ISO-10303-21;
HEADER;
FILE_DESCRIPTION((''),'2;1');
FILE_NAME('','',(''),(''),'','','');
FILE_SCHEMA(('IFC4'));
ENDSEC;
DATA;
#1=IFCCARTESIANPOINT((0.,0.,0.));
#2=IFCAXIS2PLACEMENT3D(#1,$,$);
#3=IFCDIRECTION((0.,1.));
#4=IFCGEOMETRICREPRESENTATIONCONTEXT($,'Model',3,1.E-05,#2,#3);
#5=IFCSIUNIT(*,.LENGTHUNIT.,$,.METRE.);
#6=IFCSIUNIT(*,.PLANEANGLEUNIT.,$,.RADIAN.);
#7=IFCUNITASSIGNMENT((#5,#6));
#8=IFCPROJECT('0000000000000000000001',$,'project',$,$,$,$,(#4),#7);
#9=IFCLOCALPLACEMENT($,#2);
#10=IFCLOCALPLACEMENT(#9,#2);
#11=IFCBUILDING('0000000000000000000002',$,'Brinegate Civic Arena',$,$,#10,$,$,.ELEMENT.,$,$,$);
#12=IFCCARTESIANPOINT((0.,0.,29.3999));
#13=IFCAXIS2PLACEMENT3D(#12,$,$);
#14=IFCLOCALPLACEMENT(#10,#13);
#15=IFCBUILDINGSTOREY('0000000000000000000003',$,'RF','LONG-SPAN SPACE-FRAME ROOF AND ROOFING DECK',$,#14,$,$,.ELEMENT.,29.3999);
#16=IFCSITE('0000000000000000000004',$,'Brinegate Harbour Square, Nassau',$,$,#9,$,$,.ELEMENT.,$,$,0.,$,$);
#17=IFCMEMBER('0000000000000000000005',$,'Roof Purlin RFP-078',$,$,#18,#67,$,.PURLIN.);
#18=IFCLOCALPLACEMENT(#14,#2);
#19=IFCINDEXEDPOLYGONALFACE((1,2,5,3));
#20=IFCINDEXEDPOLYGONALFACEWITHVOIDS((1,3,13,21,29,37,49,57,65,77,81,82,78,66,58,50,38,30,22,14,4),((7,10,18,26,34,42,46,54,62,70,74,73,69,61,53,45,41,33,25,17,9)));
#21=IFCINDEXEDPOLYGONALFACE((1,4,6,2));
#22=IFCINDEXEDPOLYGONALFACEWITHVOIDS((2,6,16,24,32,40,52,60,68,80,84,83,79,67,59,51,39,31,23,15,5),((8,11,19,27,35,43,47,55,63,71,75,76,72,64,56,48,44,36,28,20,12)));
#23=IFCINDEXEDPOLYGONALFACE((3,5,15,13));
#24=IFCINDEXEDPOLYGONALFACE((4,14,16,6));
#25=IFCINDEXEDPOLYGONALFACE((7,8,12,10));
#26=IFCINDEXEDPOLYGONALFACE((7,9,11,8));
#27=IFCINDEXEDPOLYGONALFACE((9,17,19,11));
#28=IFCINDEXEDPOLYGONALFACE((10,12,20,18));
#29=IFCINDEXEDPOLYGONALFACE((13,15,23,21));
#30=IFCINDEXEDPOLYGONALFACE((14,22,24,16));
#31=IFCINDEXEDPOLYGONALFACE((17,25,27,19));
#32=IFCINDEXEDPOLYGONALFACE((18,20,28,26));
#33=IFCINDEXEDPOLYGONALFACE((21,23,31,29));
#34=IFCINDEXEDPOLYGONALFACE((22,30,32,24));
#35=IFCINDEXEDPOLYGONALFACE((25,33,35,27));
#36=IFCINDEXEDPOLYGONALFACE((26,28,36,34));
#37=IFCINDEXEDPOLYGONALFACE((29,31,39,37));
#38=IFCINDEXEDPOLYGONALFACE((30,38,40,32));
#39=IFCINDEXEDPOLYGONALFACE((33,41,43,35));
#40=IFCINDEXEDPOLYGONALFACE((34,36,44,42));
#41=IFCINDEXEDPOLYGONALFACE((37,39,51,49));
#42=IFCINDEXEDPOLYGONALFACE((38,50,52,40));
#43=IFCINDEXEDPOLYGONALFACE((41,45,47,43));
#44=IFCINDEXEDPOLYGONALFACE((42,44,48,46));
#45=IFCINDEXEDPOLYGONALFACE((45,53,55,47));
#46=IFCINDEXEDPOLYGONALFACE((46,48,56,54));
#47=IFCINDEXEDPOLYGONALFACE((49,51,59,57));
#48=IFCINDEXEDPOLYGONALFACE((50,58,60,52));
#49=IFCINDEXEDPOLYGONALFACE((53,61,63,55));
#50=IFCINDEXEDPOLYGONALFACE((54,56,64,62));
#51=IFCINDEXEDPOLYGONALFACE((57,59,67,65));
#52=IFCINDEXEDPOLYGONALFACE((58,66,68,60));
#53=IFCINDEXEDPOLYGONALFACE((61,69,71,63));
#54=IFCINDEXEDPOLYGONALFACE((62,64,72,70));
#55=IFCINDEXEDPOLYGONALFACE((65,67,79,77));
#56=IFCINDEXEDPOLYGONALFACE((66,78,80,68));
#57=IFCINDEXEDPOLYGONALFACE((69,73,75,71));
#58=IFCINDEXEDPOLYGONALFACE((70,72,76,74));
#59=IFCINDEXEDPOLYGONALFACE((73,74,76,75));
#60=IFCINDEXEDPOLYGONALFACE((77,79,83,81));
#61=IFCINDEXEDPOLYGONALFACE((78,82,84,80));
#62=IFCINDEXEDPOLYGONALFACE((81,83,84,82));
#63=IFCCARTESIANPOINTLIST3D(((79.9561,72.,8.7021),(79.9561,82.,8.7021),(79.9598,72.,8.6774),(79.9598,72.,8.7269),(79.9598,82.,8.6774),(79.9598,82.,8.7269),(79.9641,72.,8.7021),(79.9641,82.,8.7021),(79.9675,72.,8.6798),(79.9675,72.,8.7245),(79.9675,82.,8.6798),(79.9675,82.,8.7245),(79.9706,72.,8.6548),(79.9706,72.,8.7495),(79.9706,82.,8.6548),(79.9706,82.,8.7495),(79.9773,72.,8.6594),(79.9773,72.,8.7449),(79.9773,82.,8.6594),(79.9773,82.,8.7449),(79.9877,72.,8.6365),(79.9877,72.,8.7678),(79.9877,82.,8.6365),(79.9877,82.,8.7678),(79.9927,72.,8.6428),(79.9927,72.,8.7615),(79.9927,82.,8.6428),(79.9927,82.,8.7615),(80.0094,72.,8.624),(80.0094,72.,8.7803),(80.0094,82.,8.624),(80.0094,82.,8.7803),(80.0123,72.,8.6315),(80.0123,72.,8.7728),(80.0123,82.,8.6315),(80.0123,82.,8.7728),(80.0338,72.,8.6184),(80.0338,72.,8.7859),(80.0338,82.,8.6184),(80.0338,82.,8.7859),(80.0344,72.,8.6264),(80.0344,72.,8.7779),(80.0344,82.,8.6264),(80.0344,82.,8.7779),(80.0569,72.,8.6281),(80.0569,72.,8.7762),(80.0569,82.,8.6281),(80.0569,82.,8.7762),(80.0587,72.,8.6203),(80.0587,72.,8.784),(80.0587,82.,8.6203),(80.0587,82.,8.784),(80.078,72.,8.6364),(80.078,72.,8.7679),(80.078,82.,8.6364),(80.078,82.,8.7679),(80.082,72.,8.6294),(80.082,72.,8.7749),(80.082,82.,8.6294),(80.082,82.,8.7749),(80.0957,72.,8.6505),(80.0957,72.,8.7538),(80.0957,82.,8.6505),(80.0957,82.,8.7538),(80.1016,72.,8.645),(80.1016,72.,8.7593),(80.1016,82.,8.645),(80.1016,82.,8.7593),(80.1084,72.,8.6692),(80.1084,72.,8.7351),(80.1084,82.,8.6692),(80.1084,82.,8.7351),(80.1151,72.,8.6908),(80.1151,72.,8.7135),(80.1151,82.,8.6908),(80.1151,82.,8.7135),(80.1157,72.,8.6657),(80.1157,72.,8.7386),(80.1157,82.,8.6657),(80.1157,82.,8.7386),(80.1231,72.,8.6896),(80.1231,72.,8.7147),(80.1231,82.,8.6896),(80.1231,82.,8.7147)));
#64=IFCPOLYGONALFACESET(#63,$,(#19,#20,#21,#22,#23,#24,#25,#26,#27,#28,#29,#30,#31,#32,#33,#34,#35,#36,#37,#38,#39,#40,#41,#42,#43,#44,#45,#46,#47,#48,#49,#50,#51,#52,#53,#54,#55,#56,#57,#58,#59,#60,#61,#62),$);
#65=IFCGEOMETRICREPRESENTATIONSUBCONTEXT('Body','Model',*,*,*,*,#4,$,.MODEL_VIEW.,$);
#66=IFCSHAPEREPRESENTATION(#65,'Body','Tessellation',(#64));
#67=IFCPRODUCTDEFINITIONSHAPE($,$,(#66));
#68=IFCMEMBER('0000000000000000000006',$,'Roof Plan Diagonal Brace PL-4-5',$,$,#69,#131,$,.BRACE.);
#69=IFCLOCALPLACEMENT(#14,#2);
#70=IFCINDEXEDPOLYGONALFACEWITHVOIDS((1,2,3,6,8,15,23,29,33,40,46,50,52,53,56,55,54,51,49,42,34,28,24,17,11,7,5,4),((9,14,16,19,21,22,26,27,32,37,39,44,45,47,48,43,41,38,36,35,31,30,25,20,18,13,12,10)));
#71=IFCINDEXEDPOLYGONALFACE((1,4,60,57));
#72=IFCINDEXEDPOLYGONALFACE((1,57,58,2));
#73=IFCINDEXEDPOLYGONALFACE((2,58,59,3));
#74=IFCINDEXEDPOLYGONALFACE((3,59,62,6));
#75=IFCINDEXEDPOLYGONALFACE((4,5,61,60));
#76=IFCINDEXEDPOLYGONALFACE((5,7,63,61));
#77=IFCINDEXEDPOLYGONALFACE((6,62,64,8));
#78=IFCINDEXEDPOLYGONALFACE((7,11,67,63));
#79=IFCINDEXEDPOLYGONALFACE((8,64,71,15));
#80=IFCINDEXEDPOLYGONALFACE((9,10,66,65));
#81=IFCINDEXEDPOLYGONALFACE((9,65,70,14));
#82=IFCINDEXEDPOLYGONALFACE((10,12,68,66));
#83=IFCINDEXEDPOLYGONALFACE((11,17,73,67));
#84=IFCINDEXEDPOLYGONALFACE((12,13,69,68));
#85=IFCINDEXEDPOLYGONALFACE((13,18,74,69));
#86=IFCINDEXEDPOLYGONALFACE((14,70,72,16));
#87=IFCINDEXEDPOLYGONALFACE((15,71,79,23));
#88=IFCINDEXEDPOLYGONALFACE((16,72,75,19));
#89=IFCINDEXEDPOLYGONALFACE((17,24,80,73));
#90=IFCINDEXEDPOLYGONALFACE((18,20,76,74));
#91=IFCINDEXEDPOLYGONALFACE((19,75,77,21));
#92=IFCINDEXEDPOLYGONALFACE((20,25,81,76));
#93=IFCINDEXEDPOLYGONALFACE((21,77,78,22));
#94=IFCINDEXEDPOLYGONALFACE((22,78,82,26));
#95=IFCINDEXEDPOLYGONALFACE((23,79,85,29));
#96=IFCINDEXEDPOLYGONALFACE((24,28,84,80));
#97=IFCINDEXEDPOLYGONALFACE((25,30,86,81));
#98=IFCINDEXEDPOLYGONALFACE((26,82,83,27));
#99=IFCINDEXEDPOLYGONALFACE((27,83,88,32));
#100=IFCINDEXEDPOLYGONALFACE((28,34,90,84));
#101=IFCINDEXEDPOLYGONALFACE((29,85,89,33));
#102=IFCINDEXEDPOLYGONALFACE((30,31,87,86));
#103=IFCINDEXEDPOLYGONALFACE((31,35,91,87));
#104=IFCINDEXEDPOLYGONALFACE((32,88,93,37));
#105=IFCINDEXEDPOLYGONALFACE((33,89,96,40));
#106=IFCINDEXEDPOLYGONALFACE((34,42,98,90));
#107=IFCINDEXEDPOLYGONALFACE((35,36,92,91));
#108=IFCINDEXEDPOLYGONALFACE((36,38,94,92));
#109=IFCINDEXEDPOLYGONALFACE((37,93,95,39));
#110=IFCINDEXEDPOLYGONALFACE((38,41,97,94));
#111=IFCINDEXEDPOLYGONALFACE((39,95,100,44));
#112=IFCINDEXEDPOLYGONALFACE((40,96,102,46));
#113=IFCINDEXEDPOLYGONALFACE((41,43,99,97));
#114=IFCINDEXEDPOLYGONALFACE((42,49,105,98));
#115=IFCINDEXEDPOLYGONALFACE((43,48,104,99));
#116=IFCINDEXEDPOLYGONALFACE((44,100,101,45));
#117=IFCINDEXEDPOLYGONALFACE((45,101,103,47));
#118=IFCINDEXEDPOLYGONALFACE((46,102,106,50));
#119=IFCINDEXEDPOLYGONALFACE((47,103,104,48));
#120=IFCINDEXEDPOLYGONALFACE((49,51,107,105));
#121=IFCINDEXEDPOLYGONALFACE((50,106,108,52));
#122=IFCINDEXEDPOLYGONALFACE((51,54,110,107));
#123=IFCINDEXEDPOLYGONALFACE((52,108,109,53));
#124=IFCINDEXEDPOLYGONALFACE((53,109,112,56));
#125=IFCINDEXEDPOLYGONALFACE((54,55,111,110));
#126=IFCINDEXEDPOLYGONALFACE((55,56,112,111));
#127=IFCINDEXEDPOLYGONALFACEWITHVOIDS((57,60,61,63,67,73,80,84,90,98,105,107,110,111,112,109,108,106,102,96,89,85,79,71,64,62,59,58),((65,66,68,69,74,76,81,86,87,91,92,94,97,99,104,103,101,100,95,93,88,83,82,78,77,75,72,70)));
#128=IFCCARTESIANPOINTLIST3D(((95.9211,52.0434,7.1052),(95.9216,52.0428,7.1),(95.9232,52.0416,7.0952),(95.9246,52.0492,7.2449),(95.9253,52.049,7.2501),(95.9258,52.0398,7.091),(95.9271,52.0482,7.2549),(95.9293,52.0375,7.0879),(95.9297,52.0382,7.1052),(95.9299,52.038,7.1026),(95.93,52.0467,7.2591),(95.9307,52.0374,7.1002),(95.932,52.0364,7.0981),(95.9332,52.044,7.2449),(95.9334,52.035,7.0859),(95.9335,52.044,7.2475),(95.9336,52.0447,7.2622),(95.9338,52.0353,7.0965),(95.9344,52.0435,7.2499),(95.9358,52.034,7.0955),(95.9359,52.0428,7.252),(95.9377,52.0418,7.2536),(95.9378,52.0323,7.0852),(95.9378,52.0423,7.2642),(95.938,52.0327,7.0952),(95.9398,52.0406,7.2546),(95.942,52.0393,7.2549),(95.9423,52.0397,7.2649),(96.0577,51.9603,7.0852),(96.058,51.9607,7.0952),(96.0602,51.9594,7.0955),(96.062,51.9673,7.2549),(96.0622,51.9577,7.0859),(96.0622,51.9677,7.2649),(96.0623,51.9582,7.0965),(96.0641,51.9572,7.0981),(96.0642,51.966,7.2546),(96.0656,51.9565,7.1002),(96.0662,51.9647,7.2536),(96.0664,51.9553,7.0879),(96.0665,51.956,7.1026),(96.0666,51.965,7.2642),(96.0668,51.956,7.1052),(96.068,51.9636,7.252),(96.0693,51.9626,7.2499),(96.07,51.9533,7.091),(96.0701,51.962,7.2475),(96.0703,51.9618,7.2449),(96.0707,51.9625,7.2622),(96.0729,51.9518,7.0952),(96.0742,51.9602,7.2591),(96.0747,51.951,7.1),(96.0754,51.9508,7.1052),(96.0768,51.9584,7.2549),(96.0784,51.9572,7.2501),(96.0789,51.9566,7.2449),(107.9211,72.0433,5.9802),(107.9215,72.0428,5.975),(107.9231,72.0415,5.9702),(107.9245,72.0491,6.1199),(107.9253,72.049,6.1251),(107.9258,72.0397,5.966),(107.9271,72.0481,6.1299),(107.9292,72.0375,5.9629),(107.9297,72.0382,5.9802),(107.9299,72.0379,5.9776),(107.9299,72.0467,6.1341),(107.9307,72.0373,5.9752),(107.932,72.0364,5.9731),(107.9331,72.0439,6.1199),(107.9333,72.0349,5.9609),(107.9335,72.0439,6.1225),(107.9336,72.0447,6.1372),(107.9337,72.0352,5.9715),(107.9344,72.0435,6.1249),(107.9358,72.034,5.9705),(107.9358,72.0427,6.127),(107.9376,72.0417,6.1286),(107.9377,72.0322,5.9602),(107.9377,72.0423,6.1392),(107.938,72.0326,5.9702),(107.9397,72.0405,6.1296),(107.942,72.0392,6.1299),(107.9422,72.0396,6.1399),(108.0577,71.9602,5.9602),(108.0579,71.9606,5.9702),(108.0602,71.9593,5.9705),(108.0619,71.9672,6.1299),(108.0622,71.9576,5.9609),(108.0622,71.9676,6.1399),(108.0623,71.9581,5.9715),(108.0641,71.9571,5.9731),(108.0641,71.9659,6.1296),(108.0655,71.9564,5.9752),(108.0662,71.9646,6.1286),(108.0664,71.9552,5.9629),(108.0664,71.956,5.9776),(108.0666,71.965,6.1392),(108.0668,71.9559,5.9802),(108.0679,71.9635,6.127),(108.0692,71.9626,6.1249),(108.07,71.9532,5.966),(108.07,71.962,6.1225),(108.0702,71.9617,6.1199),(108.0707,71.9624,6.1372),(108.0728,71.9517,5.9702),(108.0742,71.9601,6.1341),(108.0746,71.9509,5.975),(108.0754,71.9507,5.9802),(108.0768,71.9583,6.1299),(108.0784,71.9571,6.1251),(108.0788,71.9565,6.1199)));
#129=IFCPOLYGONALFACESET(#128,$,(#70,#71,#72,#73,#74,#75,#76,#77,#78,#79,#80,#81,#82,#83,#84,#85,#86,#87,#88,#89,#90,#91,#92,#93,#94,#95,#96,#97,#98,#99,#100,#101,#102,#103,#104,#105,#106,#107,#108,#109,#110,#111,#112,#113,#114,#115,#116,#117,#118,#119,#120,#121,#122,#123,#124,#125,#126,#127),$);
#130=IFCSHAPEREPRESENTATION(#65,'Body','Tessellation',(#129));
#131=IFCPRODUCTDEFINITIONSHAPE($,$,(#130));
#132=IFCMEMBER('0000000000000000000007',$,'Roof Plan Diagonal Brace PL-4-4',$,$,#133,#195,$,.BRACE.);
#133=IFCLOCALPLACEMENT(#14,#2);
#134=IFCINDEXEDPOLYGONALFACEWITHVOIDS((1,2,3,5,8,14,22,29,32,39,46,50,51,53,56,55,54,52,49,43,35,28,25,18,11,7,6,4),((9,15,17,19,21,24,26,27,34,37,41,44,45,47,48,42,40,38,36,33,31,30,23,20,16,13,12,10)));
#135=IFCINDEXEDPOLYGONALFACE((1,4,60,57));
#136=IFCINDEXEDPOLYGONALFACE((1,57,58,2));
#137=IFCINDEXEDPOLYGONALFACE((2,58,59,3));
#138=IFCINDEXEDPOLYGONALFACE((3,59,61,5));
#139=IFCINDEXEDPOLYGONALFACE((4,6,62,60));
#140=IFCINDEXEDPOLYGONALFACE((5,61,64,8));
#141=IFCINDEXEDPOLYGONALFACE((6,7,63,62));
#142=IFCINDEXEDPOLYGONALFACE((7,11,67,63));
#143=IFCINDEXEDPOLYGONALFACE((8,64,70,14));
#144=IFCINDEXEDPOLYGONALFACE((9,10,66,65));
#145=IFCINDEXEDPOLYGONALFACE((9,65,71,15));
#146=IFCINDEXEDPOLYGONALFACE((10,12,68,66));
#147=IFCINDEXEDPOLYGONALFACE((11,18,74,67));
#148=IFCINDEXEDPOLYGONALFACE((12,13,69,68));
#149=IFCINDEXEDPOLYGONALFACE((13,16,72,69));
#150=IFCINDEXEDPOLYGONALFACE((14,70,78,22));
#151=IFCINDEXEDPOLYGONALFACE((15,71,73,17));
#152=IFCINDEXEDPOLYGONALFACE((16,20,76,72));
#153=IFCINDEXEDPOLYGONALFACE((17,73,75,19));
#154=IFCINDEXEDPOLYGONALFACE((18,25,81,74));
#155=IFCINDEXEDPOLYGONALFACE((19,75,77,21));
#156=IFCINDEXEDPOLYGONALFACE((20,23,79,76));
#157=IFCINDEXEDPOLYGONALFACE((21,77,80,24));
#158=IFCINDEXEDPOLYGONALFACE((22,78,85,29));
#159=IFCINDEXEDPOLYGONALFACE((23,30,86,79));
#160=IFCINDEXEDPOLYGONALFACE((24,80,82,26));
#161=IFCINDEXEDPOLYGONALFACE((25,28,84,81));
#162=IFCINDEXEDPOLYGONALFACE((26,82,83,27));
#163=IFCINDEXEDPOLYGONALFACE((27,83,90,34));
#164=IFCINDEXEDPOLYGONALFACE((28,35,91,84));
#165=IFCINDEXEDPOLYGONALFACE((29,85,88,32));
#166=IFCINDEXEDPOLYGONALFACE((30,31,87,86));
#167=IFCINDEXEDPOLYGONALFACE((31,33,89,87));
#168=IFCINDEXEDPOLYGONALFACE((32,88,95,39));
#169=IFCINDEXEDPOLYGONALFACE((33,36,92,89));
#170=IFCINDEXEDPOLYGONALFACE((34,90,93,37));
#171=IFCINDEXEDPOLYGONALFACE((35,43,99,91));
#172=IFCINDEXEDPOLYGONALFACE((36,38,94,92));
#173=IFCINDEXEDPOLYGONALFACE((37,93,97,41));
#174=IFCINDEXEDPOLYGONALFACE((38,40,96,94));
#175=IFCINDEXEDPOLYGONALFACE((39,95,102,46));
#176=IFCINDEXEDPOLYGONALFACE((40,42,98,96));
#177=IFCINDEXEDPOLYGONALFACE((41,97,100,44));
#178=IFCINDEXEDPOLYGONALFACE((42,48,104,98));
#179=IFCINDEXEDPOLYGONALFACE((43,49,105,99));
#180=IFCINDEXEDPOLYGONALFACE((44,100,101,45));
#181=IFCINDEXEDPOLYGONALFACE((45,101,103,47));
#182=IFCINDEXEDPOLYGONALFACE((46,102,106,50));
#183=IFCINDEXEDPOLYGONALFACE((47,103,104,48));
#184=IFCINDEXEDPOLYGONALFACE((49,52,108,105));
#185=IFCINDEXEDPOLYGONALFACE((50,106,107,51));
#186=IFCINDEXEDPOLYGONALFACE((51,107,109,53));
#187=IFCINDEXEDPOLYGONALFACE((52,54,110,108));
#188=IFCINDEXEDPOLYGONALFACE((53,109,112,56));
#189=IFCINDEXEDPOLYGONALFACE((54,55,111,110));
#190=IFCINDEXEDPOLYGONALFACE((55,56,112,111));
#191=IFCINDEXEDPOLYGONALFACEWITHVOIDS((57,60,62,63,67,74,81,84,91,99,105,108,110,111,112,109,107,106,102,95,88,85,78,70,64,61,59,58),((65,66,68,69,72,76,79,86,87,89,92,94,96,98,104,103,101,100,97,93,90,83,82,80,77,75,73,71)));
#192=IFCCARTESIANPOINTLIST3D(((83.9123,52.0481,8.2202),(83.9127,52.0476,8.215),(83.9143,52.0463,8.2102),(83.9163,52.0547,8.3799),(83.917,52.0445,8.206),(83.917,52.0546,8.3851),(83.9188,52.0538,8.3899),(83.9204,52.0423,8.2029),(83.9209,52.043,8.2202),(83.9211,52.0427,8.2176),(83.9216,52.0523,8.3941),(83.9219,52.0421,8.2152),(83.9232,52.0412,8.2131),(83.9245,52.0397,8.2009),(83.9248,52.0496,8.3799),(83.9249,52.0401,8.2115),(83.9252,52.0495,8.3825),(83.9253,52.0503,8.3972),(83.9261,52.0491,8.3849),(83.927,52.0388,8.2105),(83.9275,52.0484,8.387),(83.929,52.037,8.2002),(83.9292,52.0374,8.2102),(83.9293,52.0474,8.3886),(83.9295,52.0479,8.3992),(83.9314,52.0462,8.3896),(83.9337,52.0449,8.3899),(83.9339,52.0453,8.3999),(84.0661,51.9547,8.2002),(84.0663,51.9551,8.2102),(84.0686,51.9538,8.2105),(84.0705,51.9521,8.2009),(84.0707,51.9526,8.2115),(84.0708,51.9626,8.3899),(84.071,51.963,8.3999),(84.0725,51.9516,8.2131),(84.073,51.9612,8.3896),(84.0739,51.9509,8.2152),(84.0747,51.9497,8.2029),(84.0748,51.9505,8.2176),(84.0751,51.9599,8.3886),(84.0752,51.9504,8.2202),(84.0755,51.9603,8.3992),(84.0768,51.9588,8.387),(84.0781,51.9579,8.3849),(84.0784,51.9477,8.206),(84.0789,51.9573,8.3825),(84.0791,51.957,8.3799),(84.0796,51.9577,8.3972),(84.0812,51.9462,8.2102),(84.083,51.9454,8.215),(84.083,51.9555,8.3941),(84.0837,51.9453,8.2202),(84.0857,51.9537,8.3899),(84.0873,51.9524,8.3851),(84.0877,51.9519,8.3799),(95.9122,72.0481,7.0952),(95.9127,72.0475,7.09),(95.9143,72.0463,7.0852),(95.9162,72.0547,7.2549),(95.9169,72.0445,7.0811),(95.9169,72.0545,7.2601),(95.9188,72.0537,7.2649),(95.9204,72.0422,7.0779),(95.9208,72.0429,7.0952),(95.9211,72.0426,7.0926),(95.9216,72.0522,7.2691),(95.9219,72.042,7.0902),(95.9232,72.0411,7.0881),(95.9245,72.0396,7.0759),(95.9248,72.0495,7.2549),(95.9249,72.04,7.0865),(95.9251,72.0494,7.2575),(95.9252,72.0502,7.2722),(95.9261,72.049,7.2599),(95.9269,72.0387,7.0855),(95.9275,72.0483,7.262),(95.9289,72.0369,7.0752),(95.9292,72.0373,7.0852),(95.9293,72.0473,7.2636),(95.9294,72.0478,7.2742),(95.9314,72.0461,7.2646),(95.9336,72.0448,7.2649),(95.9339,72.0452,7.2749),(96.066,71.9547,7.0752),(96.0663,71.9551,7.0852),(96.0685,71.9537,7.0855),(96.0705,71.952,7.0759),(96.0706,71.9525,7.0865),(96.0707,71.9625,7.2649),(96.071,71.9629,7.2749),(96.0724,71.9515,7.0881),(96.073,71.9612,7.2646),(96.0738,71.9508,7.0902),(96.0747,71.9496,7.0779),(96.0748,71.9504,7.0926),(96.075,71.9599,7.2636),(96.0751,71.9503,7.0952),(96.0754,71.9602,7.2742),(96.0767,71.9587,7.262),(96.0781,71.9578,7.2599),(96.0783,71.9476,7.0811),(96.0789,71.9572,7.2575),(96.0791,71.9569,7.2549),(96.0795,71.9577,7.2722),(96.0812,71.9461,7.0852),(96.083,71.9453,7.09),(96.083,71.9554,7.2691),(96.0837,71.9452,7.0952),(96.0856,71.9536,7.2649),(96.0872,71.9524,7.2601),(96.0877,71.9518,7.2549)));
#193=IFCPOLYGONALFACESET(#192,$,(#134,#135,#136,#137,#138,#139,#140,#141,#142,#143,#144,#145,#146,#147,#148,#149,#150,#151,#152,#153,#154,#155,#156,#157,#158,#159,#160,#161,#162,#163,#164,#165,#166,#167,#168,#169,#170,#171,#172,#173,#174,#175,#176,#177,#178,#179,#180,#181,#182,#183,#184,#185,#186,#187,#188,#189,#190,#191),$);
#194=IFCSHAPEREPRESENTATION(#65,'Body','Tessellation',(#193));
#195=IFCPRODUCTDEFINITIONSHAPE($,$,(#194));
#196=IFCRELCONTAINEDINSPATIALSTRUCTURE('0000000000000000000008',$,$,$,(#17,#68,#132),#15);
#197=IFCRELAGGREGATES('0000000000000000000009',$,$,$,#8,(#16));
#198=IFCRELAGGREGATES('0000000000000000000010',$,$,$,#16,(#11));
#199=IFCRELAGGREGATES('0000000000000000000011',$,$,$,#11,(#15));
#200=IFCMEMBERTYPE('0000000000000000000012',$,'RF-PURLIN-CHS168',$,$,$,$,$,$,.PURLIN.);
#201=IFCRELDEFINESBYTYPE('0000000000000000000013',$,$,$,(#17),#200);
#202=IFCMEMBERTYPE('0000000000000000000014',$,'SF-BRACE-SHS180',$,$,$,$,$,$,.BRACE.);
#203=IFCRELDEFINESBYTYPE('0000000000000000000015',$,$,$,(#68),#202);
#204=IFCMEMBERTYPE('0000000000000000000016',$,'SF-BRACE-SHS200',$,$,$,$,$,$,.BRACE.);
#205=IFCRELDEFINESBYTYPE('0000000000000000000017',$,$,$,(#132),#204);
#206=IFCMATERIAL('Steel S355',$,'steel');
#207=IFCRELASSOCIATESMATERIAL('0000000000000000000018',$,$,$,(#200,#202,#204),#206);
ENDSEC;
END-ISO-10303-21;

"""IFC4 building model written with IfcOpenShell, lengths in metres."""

from ifc_helpers import new_model, si_unit, direction, frame, origin, origin_2d, place, context, subcontext, project, spatial, hollow_rectangle, hollow_circle, extrude, material, material_profile, profile_set, type_object, element, save


model = new_model("IFC4")

# Units and contexts
model_context = context("Model", 3, precision=1e-05, world=origin(), true_north=direction((0.0, 1.0)))
body_context = subcontext(model_context, "Body", "Model", "MODEL_VIEW")
ifc_project = project(units=[si_unit("LENGTHUNIT", "METRE"), si_unit("PLANEANGLEUNIT", "RADIAN")], contexts=[model_context])

# Site, building, storey
site_placement = place(None, origin())
site = spatial("IfcSite", under=ifc_project, at=site_placement, Name="Brinegate Harbour Square, Nassau", CompositionType="ELEMENT", RefElevation=0.0)
building_placement = place(site_placement, origin())
building = spatial("IfcBuilding", under=site, at=building_placement, Name="Brinegate Civic Arena", CompositionType="ELEMENT")
storey_placement = place(building_placement, frame((0.0, 0.0, 29.3999)))
storey = spatial("IfcBuildingStorey", under=building, at=storey_placement, Name="RF", Description="LONG-SPAN SPACE-FRAME ROOF AND ROOFING DECK", CompositionType="ELEMENT", Elevation=29.3999)

# Members
ifc_material = material(Name="Steel S355", Category="steel")
ifc_material_profile_1 = material_profile(ifc_material, hollow_circle(Radius=0.084, WallThickness=0.0081, at=origin_2d()), Name="CHS168X8")
ifc_profile_set_1 = profile_set([ifc_material_profile_1], Name="Steel S355")
member_type_1 = type_object("IfcMemberType", Name="RF-PURLIN-CHS168", PredefinedType="PURLIN", material=ifc_profile_set_1)
for number, where, z_axis, x_axis, name in (
    (1, (80.04, 72.0, 8.7021), (0.0, 1.0, 0.0), (-1.0, 0.0, 0.0), "Roof Purlin RFP-078"),
):
    element("IfcMember", number, at=place(storey_placement, frame(where, z_axis=z_axis, x_axis=x_axis)), inside=storey, type_object=member_type_1, Name=name, PredefinedType="PURLIN", context=body_context, shape_type="SweptSolid", body=[
        extrude(hollow_circle(Radius=0.084, WallThickness=0.0081, at=origin_2d()), origin(), (0.0, 0.0, 1.0), 10.0),
    ])
ifc_material_profile_2 = material_profile(ifc_material, hollow_rectangle(XDim=0.1799, YDim=0.1799, WallThickness=0.01, InnerFilletRadius=0.01, OuterFilletRadius=0.02, at=origin_2d()), Name="SHS180X10")
ifc_profile_set_2 = profile_set([ifc_material_profile_2], Name="Steel S355")
member_type_2 = type_object("IfcMemberType", Name="SF-BRACE-SHS180", PredefinedType="BRACE", material=ifc_profile_set_2)
member_1_placement = place(storey_placement, frame((96.0, 52.0, 7.175), z_axis=(0.513898, 0.856497, -0.048178), x_axis=(-0.857493, 0.514496, 0.0)))
element("IfcMember", 2, at=member_1_placement, inside=storey, type_object=member_type_2, Name="Roof Plan Diagonal Brace PL-4-5", PredefinedType="BRACE", context=body_context, shape_type="SweptSolid", body=[
    extrude(hollow_rectangle(XDim=0.1799, YDim=0.1799, WallThickness=0.01, InnerFilletRadius=0.01, OuterFilletRadius=0.02, at=origin_2d()), origin(), (0.0, 0.0, 1.0), 23.3508),
])
ifc_material_profile_3 = material_profile(ifc_material, hollow_rectangle(XDim=0.2, YDim=0.2, WallThickness=0.01, InnerFilletRadius=0.01, OuterFilletRadius=0.02, at=origin_2d()), Name="SHS200X10")
ifc_profile_set_3 = profile_set([ifc_material_profile_3], Name="Steel S355")
member_type_3 = type_object("IfcMemberType", Name="SF-BRACE-SHS200", PredefinedType="BRACE", material=ifc_profile_set_3)
member_2_placement = place(storey_placement, frame((84.0, 52.0, 8.3), z_axis=(0.513898, 0.856497, -0.048178), x_axis=(-0.857493, 0.514496, 0.0)))
element("IfcMember", 3, at=member_2_placement, inside=storey, type_object=member_type_3, Name="Roof Plan Diagonal Brace PL-4-4", PredefinedType="BRACE", context=body_context, shape_type="SweptSolid", body=[
    extrude(hollow_rectangle(XDim=0.2, YDim=0.2, WallThickness=0.01, InnerFilletRadius=0.01, OuterFilletRadius=0.02, at=origin_2d()), origin(), (0.0, 0.0, 1.0), 23.3508),
])

save(model, "model.ifc")
